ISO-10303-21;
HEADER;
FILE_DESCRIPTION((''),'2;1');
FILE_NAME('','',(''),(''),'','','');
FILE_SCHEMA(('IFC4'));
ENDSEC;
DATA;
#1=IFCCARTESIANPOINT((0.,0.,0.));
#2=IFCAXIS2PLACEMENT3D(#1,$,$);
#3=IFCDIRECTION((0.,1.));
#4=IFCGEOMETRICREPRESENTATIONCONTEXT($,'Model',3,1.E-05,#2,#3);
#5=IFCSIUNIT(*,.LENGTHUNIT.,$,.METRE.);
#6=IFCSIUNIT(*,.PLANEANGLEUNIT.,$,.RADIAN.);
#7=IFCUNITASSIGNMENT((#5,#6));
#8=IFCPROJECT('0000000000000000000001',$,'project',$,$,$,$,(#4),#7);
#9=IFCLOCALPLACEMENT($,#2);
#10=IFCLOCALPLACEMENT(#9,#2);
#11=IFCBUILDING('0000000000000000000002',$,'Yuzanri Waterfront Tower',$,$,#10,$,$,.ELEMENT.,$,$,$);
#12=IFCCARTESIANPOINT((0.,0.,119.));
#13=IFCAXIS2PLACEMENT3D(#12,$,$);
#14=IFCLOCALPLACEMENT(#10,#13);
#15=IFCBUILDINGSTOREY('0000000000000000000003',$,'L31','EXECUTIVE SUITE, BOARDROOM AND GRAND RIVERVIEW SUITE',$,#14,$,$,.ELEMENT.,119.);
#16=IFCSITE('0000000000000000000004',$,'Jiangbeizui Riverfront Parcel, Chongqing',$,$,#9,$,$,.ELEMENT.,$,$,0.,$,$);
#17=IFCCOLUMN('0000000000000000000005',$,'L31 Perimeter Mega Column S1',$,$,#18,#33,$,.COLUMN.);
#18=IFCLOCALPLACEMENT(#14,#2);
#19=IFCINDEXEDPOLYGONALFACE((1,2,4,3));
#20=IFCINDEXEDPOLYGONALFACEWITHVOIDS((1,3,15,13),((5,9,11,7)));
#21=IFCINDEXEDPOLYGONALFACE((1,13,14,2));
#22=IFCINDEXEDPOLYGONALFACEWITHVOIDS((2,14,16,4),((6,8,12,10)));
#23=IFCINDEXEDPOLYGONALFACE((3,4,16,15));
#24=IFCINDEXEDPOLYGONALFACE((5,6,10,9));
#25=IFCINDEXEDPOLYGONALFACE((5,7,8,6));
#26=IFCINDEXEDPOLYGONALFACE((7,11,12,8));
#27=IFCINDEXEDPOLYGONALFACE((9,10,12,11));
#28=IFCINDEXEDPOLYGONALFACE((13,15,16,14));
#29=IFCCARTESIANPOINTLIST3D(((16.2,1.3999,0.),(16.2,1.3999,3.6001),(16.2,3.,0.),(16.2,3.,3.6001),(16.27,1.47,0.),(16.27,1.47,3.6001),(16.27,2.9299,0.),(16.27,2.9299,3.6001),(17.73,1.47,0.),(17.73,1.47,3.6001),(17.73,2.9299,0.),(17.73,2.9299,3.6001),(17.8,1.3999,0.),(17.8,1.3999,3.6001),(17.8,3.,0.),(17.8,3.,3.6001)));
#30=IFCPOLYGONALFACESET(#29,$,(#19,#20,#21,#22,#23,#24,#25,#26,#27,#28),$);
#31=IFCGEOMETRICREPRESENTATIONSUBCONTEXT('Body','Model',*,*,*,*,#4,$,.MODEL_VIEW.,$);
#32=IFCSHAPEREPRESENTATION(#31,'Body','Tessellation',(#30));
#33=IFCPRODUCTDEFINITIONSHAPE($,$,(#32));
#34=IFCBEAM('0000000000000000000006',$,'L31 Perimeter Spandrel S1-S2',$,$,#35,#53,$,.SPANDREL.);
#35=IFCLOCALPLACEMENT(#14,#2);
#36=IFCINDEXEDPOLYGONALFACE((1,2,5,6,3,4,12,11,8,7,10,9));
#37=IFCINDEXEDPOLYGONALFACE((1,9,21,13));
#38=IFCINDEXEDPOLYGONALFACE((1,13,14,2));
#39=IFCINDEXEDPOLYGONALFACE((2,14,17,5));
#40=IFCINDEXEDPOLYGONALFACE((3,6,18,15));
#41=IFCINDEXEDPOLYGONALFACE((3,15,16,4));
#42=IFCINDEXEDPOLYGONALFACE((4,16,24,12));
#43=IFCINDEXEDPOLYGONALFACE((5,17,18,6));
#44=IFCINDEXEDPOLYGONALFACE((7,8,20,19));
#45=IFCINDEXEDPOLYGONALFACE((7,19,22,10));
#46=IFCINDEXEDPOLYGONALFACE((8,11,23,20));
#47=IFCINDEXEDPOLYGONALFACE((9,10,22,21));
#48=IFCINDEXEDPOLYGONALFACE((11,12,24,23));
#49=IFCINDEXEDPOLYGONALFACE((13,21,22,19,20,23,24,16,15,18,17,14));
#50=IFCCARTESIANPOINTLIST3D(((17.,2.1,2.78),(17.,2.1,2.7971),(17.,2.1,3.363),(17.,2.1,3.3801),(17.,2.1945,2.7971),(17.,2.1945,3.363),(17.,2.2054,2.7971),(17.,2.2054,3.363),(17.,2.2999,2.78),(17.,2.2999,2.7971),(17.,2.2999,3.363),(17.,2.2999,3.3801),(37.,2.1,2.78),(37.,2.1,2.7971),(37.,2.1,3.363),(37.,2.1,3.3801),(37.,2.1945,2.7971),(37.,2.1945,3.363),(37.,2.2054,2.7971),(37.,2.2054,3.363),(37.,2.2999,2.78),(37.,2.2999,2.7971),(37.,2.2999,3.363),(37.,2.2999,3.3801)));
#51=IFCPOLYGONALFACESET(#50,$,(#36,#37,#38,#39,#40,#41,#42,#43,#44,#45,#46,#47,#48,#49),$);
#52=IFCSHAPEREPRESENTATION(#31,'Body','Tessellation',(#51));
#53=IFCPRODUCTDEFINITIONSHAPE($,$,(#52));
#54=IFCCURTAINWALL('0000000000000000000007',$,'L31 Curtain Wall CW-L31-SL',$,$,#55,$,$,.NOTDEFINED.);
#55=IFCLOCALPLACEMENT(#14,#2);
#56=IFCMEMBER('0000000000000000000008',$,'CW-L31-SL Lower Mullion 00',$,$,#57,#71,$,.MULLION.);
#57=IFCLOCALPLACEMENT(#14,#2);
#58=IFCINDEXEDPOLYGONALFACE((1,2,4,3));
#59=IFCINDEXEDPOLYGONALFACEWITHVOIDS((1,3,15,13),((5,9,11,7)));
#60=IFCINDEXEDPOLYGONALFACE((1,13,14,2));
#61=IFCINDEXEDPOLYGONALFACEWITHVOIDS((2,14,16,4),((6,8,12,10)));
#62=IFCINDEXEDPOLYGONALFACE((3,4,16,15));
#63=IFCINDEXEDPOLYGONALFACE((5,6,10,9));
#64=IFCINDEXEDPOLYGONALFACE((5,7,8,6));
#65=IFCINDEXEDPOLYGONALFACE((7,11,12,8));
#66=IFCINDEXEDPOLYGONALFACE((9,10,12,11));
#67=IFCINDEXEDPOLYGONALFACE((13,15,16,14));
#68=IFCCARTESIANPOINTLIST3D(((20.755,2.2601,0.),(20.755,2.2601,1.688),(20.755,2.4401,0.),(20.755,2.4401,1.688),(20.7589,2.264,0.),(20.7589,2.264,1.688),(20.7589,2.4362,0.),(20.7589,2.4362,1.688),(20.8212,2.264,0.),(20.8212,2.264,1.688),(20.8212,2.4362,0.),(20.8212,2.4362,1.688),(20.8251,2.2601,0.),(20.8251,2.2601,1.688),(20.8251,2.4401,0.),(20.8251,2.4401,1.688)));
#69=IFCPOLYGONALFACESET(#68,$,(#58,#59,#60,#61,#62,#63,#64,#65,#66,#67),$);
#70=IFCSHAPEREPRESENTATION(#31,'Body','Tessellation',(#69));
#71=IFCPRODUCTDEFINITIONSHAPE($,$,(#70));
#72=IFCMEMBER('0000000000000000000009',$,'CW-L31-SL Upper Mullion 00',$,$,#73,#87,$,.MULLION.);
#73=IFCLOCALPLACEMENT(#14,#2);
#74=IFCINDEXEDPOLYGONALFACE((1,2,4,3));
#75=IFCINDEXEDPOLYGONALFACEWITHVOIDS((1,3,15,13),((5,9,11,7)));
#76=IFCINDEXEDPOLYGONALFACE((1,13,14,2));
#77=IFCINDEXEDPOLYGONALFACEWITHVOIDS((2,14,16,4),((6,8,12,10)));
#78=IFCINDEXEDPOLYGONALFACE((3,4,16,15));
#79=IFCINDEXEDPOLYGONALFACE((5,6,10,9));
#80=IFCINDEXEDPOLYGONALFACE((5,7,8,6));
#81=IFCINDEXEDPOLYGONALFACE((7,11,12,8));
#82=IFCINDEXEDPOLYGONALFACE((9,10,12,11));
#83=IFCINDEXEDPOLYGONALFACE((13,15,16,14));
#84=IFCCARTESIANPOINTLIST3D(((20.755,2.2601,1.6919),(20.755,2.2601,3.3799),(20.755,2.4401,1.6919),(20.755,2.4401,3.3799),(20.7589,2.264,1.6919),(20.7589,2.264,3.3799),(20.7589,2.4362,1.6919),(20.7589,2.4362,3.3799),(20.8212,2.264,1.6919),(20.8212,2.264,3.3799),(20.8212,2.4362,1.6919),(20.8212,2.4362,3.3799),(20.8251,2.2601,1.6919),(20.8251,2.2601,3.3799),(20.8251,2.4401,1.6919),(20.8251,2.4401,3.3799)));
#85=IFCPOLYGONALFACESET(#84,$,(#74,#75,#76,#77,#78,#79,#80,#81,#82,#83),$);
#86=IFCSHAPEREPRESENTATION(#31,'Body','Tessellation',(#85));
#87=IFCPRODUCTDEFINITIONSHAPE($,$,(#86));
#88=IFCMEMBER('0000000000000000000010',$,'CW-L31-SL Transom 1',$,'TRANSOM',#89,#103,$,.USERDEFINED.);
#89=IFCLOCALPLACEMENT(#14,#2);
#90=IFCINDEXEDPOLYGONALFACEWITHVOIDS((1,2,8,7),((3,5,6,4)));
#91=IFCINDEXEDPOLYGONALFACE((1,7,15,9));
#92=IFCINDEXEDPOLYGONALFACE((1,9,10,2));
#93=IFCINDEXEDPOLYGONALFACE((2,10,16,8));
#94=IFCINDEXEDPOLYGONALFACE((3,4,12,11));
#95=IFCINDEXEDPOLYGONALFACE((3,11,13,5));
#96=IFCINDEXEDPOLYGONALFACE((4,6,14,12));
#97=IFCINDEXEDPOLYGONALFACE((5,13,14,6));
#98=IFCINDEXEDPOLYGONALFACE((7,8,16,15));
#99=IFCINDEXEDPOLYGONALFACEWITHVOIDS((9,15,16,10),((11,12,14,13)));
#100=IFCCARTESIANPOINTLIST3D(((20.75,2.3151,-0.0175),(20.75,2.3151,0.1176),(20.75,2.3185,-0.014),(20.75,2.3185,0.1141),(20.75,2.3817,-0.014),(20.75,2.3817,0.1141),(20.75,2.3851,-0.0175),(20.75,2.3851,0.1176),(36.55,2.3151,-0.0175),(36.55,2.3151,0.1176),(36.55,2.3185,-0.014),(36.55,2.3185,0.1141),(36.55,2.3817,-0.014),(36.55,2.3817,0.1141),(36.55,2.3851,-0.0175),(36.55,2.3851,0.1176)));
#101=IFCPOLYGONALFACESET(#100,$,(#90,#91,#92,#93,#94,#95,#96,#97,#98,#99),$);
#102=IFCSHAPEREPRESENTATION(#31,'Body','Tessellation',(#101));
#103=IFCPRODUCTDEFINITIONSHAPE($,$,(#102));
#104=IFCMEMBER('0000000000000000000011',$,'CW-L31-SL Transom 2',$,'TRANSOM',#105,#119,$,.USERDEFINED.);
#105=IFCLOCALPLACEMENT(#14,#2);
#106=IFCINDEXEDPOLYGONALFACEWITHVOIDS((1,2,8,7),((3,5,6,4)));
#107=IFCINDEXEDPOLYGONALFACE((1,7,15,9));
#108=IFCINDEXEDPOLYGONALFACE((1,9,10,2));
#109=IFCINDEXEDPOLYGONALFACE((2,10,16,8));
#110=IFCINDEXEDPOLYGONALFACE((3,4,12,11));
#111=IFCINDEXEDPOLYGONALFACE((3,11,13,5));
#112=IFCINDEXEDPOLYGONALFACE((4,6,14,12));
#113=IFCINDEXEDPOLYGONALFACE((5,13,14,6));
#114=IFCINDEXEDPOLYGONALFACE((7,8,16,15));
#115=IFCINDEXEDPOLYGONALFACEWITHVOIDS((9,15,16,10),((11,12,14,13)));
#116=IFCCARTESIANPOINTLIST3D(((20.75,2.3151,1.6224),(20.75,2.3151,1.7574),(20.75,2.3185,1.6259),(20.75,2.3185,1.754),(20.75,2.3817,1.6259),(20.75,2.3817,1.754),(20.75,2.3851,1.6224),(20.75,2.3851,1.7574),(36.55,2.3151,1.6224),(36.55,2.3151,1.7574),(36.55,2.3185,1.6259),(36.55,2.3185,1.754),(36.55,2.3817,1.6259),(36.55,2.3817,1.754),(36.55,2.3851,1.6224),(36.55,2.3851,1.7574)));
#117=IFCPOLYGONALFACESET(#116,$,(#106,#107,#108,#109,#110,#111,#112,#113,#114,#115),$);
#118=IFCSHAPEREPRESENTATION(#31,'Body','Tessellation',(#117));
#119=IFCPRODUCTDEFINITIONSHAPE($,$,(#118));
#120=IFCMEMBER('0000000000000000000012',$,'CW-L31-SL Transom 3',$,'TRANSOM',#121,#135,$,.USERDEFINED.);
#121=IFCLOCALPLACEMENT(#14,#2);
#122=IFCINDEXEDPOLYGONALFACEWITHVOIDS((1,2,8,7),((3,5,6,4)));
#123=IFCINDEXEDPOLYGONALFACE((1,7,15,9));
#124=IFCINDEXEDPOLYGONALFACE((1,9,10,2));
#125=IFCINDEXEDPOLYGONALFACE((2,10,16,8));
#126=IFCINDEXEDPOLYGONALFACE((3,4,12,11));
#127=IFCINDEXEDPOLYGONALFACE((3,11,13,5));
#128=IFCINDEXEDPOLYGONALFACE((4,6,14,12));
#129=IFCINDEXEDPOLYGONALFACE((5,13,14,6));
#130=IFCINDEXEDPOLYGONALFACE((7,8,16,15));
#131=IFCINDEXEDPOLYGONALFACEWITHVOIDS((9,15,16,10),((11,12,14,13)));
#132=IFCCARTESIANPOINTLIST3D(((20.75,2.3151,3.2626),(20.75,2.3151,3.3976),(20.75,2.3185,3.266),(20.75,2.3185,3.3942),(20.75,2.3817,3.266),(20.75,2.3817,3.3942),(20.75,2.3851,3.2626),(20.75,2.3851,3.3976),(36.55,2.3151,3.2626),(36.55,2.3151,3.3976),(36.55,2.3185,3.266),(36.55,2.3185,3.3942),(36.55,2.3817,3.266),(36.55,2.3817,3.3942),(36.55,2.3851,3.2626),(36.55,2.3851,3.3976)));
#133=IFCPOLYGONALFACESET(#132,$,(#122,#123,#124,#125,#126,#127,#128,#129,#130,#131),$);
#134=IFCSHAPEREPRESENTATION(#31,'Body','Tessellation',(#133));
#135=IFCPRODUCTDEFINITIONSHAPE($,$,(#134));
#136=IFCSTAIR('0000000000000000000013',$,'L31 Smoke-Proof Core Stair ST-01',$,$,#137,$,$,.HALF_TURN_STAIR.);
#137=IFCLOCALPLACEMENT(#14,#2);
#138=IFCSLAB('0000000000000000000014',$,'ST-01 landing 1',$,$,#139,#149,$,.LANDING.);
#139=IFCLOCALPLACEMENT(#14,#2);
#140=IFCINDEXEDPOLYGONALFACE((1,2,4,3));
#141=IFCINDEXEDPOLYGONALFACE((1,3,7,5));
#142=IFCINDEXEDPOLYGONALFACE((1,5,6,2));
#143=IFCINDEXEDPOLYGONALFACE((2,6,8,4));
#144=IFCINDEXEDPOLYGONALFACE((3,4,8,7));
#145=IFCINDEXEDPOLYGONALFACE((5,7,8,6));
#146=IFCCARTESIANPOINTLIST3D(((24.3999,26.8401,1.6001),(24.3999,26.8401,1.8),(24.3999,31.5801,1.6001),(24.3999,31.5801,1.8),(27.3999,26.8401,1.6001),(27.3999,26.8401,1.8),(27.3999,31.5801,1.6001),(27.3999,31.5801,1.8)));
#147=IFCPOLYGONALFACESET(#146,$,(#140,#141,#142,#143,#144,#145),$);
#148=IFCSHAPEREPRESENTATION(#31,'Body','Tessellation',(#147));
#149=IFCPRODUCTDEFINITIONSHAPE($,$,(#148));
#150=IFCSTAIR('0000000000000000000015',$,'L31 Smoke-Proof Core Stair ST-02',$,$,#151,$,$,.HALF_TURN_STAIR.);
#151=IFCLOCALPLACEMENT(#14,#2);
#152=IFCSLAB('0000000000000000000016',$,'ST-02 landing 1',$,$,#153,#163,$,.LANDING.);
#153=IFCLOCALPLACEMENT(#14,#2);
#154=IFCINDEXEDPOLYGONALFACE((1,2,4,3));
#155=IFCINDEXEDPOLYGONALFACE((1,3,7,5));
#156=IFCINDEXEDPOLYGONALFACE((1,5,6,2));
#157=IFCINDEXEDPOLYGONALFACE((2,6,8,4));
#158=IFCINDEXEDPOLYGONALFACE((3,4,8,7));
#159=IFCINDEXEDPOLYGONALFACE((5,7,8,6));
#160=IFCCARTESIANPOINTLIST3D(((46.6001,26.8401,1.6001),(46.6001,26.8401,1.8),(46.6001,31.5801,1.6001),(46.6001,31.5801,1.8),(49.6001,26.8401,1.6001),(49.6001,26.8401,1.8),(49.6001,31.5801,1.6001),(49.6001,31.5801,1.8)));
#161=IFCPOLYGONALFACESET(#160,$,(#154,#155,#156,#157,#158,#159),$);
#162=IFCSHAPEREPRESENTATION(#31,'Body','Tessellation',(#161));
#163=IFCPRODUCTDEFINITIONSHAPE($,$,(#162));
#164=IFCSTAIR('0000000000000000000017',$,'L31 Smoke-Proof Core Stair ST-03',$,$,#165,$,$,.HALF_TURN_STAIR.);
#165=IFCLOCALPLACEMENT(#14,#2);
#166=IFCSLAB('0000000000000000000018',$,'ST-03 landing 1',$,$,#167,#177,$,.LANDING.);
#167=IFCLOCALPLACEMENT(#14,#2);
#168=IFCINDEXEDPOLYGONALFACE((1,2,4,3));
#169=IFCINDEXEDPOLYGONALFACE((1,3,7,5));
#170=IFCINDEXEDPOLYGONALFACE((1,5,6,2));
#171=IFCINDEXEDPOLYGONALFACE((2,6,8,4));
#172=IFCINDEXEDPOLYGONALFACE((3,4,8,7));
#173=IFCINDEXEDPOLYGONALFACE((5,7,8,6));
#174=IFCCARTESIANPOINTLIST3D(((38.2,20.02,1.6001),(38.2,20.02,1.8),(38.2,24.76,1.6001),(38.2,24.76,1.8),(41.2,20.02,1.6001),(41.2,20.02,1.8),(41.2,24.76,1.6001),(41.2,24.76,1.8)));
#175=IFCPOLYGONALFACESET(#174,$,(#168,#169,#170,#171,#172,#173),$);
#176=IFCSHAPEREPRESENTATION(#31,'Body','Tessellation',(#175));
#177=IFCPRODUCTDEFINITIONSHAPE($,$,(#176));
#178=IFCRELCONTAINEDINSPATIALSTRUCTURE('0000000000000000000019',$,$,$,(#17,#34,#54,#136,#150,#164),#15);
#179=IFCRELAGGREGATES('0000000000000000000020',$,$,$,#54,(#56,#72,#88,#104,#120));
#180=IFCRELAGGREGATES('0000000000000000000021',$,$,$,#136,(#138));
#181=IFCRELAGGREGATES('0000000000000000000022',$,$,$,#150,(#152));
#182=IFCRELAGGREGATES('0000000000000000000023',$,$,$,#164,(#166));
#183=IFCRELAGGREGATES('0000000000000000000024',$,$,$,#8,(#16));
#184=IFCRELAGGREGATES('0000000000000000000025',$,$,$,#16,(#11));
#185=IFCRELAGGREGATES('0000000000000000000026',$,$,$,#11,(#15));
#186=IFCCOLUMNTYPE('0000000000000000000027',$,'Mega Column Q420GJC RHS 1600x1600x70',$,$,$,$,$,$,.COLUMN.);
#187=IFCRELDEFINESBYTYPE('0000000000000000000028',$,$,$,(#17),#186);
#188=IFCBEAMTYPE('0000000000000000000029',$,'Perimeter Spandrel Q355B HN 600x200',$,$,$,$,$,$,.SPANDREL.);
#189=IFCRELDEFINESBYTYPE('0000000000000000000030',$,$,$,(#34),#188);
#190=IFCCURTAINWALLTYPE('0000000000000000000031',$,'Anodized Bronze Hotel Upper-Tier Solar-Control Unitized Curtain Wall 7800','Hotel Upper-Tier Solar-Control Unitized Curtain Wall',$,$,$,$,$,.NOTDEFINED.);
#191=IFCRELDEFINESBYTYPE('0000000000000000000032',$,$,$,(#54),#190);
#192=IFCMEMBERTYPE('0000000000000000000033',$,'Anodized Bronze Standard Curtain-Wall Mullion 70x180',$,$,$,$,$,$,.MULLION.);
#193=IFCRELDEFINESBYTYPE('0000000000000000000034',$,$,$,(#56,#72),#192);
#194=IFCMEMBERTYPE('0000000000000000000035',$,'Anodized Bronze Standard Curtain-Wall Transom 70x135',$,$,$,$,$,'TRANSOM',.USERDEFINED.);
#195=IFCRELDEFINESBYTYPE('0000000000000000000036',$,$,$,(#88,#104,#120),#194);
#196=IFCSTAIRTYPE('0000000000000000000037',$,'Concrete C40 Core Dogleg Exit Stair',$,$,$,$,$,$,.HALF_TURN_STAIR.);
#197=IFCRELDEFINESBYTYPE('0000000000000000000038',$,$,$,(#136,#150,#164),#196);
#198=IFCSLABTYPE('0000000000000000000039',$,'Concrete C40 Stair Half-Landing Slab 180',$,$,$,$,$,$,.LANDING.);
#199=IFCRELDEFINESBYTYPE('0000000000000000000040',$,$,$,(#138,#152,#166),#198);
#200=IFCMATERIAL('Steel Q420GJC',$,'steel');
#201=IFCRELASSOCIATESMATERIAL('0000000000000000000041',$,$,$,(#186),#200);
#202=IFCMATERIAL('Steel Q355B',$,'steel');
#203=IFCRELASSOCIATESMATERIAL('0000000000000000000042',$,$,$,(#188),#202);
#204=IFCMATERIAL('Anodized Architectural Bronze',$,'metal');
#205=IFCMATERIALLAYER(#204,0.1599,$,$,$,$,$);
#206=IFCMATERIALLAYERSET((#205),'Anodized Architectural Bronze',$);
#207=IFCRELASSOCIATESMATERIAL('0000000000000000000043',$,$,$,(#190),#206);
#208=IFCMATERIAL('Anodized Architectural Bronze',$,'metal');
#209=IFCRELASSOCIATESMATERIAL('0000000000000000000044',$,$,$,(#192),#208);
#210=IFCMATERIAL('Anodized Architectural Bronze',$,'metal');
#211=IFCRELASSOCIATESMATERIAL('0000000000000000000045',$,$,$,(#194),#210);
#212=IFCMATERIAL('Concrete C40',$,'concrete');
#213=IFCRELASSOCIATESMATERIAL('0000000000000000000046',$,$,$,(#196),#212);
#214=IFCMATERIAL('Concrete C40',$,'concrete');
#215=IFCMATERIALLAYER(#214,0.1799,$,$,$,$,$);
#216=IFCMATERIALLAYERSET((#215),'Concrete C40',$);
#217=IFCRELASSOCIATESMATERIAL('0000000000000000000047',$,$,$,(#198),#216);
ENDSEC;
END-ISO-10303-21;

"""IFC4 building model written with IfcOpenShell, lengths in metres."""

from ifc_helpers import new_model, si_unit, direction, frame, origin, origin_2d, place, context, subcontext, project, spatial, polyline, hollow_rectangle, i_section, outline, extrude, source, transform, mapped, material, layer, layer_set, material_profile, profile_set, type_object, element, aggregate, save


model = new_model("IFC4")

# Units and contexts
model_context = context("Model", 3, precision=1e-05, world=origin(), true_north=direction((0.0, 1.0)))
body_context = subcontext(model_context, "Body", "Model", "MODEL_VIEW")
ifc_project = project(units=[si_unit("LENGTHUNIT", "METRE"), si_unit("PLANEANGLEUNIT", "RADIAN")], contexts=[model_context])

# Site, building, storey
site_placement = place(None, origin())
site = spatial("IfcSite", under=ifc_project, at=site_placement, Name="Jiangbeizui Riverfront Parcel, Chongqing", CompositionType="ELEMENT", RefElevation=0.0)
building_placement = place(site_placement, origin())
building = spatial("IfcBuilding", under=site, at=building_placement, Name="Yuzanri Waterfront Tower", CompositionType="ELEMENT")
storey_placement = place(building_placement, frame((0.0, 0.0, 119.0)))
storey = spatial("IfcBuildingStorey", under=building, at=storey_placement, Name="L31", Description="EXECUTIVE SUITE, BOARDROOM AND GRAND RIVERVIEW SUITE", CompositionType="ELEMENT", Elevation=119.0)

# Column
ifc_material_1 = material(Name="Steel Q420GJC", Category="steel")
ifc_material_profile_1 = material_profile(ifc_material_1, hollow_rectangle(XDim=1.6001, YDim=1.6001, WallThickness=0.0701, at=origin_2d()), Name="RHS 1600x1600x70")
ifc_profile_set_1 = profile_set([ifc_material_profile_1], Name="Steel Q420GJC")
column_type = type_object("IfcColumnType", Name="Mega Column Q420GJC RHS 1600x1600x70", PredefinedType="COLUMN", material=ifc_profile_set_1)
shared_shape_1 = source(origin(), body_context, "Body", "SweptSolid", [
    extrude(hollow_rectangle(XDim=1.6001, YDim=1.6001, WallThickness=0.0701, at=origin_2d()), origin(), (0.0, 0.0, 1.0), 3.6001),
])
column_placement = place(storey_placement, frame((17.0, 2.2, 0.0), z_axis=(0.0, 0.0, 1.0), x_axis=(1.0, 0.0, 0.0)))
element("IfcColumn", 1, at=column_placement, inside=storey, type_object=column_type, Name="L31 Perimeter Mega Column S1", PredefinedType="COLUMN", context=body_context, shape_type="MappedRepresentation", body=[
    mapped(shared_shape_1, transform((0.0, 0.0, 0.0), scale=1.0)),
])

# Beam
ifc_material_2 = material(Name="Steel Q355B", Category="steel")
ifc_material_profile_2 = material_profile(ifc_material_2, i_section(OverallWidth=0.2, OverallDepth=0.6001, WebThickness=0.011, FlangeThickness=0.0171, at=origin_2d()), Name="HN 600x200x11x17")
ifc_profile_set_2 = profile_set([ifc_material_profile_2], Name="Steel Q355B")
beam_type = type_object("IfcBeamType", Name="Perimeter Spandrel Q355B HN 600x200", PredefinedType="SPANDREL", material=ifc_profile_set_2)
shared_shape_2 = source(origin(), body_context, "Body", "SweptSolid", [
    extrude(i_section(OverallWidth=0.2, OverallDepth=0.6001, WebThickness=0.011, FlangeThickness=0.0171, at=origin_2d()), origin(), (0.0, 0.0, 1.0), 20.0),
])
beam_placement = place(storey_placement, frame((17.0, 2.2, 3.0801), z_axis=(1.0, 0.0, 0.0), x_axis=(0.0, 1.0, 0.0)))
element("IfcBeam", 2, at=beam_placement, inside=storey, type_object=beam_type, Name="L31 Perimeter Spandrel S1-S2", PredefinedType="SPANDREL", context=body_context, shape_type="MappedRepresentation", body=[
    mapped(shared_shape_2, transform((0.0, 0.0, 0.0), scale=1.0)),
])

# Curtain wall, members
ifc_material_3 = material(Name="Anodized Architectural Bronze", Category="metal")
ifc_layer_1 = layer(ifc_material_3, 0.1599)
ifc_layer_set_1 = layer_set([ifc_layer_1], Name="Anodized Architectural Bronze")
curtain_wall_type = type_object("IfcCurtainWallType", Name="Anodized Bronze Hotel Upper-Tier Solar-Control Unitized Curtain Wall 7800", Description="Hotel Upper-Tier Solar-Control Unitized Curtain Wall", PredefinedType="NOTDEFINED", material=ifc_layer_set_1)
curtain_wall_placement = place(storey_placement, origin())
curtain_wall = element("IfcCurtainWall", 3, at=curtain_wall_placement, inside=storey, type_object=curtain_wall_type, Name="L31 Curtain Wall CW-L31-SL", PredefinedType="NOTDEFINED")
ifc_material_4 = material(Name="Anodized Architectural Bronze", Category="metal")
ifc_material_profile_3 = material_profile(ifc_material_4, hollow_rectangle(XDim=0.0701, YDim=0.1799, WallThickness=0.0039, at=origin_2d()), Name="CWM 70x180")
ifc_profile_set_3 = profile_set([ifc_material_profile_3], Name="Anodized Architectural Bronze")
member_type_1 = type_object("IfcMemberType", Name="Anodized Bronze Standard Curtain-Wall Mullion 70x180", PredefinedType="MULLION", material=ifc_profile_set_3)
shared_shape_3 = source(origin(), body_context, "Body", "SweptSolid", [
    extrude(hollow_rectangle(XDim=0.0701, YDim=0.1799, WallThickness=0.0039, at=origin_2d()), origin(), (0.0, 0.0, 1.0), 1.688),
])
member_1_placement = place(storey_placement, frame((20.79, 2.3501, 0.0), z_axis=(0.0, 0.0, 1.0), x_axis=(1.0, 0.0, 0.0)))
member_1 = element("IfcMember", 4, at=member_1_placement, type_object=member_type_1, Name="CW-L31-SL Lower Mullion 00", PredefinedType="MULLION", context=body_context, shape_type="MappedRepresentation", body=[
    mapped(shared_shape_3, transform((0.0, 0.0, 0.0), scale=1.0)),
])
member_2_placement = place(storey_placement, frame((20.79, 2.3501, 1.6919), z_axis=(0.0, 0.0, 1.0), x_axis=(1.0, 0.0, 0.0)))
member_2 = element("IfcMember", 5, at=member_2_placement, type_object=member_type_1, Name="CW-L31-SL Upper Mullion 00", PredefinedType="MULLION", context=body_context, shape_type="MappedRepresentation", body=[
    mapped(shared_shape_3, transform((0.0, 0.0, 0.0), scale=1.0)),
])
ifc_material_5 = material(Name="Anodized Architectural Bronze", Category="metal")
ifc_material_profile_4 = material_profile(ifc_material_5, hollow_rectangle(XDim=0.0701, YDim=0.135, WallThickness=0.0034, at=origin_2d()), Name="CWT 70x135")
ifc_profile_set_4 = profile_set([ifc_material_profile_4], Name="Anodized Architectural Bronze")
member_type_2 = type_object("IfcMemberType", Name="Anodized Bronze Standard Curtain-Wall Transom 70x135", ElementType="TRANSOM", PredefinedType="USERDEFINED", material=ifc_profile_set_4)
shared_shape_4 = source(origin(), body_context, "Body", "SweptSolid", [
    extrude(hollow_rectangle(XDim=0.0701, YDim=0.135, WallThickness=0.0034, at=origin_2d()), origin(), (0.0, 0.0, 1.0), 15.8),
])
member_3_placement = place(storey_placement, frame((20.75, 2.3501, 0.05), z_axis=(1.0, 0.0, 0.0), x_axis=(0.0, 1.0, 0.0)))
member_3 = element("IfcMember", 6, at=member_3_placement, type_object=member_type_2, Name="CW-L31-SL Transom 1", ObjectType="TRANSOM", PredefinedType="USERDEFINED", context=body_context, shape_type="MappedRepresentation", body=[
    mapped(shared_shape_4, transform((0.0, 0.0, 0.0), scale=1.0)),
])
member_4_placement = place(storey_placement, frame((20.75, 2.3501, 1.6899), z_axis=(1.0, 0.0, 0.0), x_axis=(0.0, 1.0, 0.0)))
member_4 = element("IfcMember", 7, at=member_4_placement, type_object=member_type_2, Name="CW-L31-SL Transom 2", ObjectType="TRANSOM", PredefinedType="USERDEFINED", context=body_context, shape_type="MappedRepresentation", body=[
    mapped(shared_shape_4, transform((0.0, 0.0, 0.0), scale=1.0)),
])
member_5_placement = place(storey_placement, frame((20.75, 2.3501, 3.3301), z_axis=(1.0, 0.0, 0.0), x_axis=(0.0, 1.0, 0.0)))
member_5 = element("IfcMember", 8, at=member_5_placement, type_object=member_type_2, Name="CW-L31-SL Transom 3", ObjectType="TRANSOM", PredefinedType="USERDEFINED", context=body_context, shape_type="MappedRepresentation", body=[
    mapped(shared_shape_4, transform((0.0, 0.0, 0.0), scale=1.0)),
])
aggregate(curtain_wall, [member_1, member_2, member_3, member_4, member_5])

# Stairs, slabs
ifc_material_6 = material(Name="Concrete C40", Category="concrete")
stair_type = type_object("IfcStairType", Name="Concrete C40 Core Dogleg Exit Stair", PredefinedType="HALF_TURN_STAIR", material=ifc_material_6)
stair_1_placement = place(storey_placement, origin())
stair_1 = element("IfcStair", 9, at=stair_1_placement, inside=storey, type_object=stair_type, Name="L31 Smoke-Proof Core Stair ST-01", PredefinedType="HALF_TURN_STAIR")
ifc_material_7 = material(Name="Concrete C40", Category="concrete")
ifc_layer_2 = layer(ifc_material_7, 0.1799)
ifc_layer_set_2 = layer_set([ifc_layer_2], Name="Concrete C40")
slab_type_1 = type_object("IfcSlabType", Name="Concrete C40 Stair Half-Landing Slab 180", PredefinedType="LANDING", material=ifc_layer_set_2)
slab_1_placement = place(storey_placement, frame((0.0, 0.0, 1.6001)))
slab_1 = element("IfcSlab", 10, at=slab_1_placement, type_object=slab_type_1, Name="ST-01 landing 1", PredefinedType="LANDING", context=body_context, shape_type="SweptSolid", body=[
    extrude(outline(polyline([(27.3999, 26.8401), (27.3999, 31.5801), (24.3999, 31.5801), (24.3999, 26.8401), (27.3999, 26.8401)])), origin(), (0.0, 0.0, 1.0), 0.2),
])
aggregate(stair_1, [slab_1])
stair_2_placement = place(storey_placement, origin())
stair_2 = element("IfcStair", 11, at=stair_2_placement, inside=storey, type_object=stair_type, Name="L31 Smoke-Proof Core Stair ST-02", PredefinedType="HALF_TURN_STAIR")
slab_2_placement = place(storey_placement, frame((0.0, 0.0, 1.6001)))
slab_2 = element("IfcSlab", 12, at=slab_2_placement, type_object=slab_type_1, Name="ST-02 landing 1", PredefinedType="LANDING", context=body_context, shape_type="SweptSolid", body=[
    extrude(outline(polyline([(49.6001, 26.8401), (49.6001, 31.5801), (46.6001, 31.5801), (46.6001, 26.8401), (49.6001, 26.8401)])), origin(), (0.0, 0.0, 1.0), 0.2),
])
aggregate(stair_2, [slab_2])
stair_3_placement = place(storey_placement, origin())
stair_3 = element("IfcStair", 13, at=stair_3_placement, inside=storey, type_object=stair_type, Name="L31 Smoke-Proof Core Stair ST-03", PredefinedType="HALF_TURN_STAIR")
slab_3_placement = place(storey_placement, frame((0.0, 0.0, 1.6001)))
slab_3 = element("IfcSlab", 14, at=slab_3_placement, type_object=slab_type_1, Name="ST-03 landing 1", PredefinedType="LANDING", context=body_context, shape_type="SweptSolid", body=[
    extrude(outline(polyline([(38.2, 24.76), (38.2, 20.02), (41.2, 20.02), (41.2, 24.76), (38.2, 24.76)])), origin(), (0.0, 0.0, 1.0), 0.2),
])
aggregate(stair_3, [slab_3])

save(model, "model.ifc")
